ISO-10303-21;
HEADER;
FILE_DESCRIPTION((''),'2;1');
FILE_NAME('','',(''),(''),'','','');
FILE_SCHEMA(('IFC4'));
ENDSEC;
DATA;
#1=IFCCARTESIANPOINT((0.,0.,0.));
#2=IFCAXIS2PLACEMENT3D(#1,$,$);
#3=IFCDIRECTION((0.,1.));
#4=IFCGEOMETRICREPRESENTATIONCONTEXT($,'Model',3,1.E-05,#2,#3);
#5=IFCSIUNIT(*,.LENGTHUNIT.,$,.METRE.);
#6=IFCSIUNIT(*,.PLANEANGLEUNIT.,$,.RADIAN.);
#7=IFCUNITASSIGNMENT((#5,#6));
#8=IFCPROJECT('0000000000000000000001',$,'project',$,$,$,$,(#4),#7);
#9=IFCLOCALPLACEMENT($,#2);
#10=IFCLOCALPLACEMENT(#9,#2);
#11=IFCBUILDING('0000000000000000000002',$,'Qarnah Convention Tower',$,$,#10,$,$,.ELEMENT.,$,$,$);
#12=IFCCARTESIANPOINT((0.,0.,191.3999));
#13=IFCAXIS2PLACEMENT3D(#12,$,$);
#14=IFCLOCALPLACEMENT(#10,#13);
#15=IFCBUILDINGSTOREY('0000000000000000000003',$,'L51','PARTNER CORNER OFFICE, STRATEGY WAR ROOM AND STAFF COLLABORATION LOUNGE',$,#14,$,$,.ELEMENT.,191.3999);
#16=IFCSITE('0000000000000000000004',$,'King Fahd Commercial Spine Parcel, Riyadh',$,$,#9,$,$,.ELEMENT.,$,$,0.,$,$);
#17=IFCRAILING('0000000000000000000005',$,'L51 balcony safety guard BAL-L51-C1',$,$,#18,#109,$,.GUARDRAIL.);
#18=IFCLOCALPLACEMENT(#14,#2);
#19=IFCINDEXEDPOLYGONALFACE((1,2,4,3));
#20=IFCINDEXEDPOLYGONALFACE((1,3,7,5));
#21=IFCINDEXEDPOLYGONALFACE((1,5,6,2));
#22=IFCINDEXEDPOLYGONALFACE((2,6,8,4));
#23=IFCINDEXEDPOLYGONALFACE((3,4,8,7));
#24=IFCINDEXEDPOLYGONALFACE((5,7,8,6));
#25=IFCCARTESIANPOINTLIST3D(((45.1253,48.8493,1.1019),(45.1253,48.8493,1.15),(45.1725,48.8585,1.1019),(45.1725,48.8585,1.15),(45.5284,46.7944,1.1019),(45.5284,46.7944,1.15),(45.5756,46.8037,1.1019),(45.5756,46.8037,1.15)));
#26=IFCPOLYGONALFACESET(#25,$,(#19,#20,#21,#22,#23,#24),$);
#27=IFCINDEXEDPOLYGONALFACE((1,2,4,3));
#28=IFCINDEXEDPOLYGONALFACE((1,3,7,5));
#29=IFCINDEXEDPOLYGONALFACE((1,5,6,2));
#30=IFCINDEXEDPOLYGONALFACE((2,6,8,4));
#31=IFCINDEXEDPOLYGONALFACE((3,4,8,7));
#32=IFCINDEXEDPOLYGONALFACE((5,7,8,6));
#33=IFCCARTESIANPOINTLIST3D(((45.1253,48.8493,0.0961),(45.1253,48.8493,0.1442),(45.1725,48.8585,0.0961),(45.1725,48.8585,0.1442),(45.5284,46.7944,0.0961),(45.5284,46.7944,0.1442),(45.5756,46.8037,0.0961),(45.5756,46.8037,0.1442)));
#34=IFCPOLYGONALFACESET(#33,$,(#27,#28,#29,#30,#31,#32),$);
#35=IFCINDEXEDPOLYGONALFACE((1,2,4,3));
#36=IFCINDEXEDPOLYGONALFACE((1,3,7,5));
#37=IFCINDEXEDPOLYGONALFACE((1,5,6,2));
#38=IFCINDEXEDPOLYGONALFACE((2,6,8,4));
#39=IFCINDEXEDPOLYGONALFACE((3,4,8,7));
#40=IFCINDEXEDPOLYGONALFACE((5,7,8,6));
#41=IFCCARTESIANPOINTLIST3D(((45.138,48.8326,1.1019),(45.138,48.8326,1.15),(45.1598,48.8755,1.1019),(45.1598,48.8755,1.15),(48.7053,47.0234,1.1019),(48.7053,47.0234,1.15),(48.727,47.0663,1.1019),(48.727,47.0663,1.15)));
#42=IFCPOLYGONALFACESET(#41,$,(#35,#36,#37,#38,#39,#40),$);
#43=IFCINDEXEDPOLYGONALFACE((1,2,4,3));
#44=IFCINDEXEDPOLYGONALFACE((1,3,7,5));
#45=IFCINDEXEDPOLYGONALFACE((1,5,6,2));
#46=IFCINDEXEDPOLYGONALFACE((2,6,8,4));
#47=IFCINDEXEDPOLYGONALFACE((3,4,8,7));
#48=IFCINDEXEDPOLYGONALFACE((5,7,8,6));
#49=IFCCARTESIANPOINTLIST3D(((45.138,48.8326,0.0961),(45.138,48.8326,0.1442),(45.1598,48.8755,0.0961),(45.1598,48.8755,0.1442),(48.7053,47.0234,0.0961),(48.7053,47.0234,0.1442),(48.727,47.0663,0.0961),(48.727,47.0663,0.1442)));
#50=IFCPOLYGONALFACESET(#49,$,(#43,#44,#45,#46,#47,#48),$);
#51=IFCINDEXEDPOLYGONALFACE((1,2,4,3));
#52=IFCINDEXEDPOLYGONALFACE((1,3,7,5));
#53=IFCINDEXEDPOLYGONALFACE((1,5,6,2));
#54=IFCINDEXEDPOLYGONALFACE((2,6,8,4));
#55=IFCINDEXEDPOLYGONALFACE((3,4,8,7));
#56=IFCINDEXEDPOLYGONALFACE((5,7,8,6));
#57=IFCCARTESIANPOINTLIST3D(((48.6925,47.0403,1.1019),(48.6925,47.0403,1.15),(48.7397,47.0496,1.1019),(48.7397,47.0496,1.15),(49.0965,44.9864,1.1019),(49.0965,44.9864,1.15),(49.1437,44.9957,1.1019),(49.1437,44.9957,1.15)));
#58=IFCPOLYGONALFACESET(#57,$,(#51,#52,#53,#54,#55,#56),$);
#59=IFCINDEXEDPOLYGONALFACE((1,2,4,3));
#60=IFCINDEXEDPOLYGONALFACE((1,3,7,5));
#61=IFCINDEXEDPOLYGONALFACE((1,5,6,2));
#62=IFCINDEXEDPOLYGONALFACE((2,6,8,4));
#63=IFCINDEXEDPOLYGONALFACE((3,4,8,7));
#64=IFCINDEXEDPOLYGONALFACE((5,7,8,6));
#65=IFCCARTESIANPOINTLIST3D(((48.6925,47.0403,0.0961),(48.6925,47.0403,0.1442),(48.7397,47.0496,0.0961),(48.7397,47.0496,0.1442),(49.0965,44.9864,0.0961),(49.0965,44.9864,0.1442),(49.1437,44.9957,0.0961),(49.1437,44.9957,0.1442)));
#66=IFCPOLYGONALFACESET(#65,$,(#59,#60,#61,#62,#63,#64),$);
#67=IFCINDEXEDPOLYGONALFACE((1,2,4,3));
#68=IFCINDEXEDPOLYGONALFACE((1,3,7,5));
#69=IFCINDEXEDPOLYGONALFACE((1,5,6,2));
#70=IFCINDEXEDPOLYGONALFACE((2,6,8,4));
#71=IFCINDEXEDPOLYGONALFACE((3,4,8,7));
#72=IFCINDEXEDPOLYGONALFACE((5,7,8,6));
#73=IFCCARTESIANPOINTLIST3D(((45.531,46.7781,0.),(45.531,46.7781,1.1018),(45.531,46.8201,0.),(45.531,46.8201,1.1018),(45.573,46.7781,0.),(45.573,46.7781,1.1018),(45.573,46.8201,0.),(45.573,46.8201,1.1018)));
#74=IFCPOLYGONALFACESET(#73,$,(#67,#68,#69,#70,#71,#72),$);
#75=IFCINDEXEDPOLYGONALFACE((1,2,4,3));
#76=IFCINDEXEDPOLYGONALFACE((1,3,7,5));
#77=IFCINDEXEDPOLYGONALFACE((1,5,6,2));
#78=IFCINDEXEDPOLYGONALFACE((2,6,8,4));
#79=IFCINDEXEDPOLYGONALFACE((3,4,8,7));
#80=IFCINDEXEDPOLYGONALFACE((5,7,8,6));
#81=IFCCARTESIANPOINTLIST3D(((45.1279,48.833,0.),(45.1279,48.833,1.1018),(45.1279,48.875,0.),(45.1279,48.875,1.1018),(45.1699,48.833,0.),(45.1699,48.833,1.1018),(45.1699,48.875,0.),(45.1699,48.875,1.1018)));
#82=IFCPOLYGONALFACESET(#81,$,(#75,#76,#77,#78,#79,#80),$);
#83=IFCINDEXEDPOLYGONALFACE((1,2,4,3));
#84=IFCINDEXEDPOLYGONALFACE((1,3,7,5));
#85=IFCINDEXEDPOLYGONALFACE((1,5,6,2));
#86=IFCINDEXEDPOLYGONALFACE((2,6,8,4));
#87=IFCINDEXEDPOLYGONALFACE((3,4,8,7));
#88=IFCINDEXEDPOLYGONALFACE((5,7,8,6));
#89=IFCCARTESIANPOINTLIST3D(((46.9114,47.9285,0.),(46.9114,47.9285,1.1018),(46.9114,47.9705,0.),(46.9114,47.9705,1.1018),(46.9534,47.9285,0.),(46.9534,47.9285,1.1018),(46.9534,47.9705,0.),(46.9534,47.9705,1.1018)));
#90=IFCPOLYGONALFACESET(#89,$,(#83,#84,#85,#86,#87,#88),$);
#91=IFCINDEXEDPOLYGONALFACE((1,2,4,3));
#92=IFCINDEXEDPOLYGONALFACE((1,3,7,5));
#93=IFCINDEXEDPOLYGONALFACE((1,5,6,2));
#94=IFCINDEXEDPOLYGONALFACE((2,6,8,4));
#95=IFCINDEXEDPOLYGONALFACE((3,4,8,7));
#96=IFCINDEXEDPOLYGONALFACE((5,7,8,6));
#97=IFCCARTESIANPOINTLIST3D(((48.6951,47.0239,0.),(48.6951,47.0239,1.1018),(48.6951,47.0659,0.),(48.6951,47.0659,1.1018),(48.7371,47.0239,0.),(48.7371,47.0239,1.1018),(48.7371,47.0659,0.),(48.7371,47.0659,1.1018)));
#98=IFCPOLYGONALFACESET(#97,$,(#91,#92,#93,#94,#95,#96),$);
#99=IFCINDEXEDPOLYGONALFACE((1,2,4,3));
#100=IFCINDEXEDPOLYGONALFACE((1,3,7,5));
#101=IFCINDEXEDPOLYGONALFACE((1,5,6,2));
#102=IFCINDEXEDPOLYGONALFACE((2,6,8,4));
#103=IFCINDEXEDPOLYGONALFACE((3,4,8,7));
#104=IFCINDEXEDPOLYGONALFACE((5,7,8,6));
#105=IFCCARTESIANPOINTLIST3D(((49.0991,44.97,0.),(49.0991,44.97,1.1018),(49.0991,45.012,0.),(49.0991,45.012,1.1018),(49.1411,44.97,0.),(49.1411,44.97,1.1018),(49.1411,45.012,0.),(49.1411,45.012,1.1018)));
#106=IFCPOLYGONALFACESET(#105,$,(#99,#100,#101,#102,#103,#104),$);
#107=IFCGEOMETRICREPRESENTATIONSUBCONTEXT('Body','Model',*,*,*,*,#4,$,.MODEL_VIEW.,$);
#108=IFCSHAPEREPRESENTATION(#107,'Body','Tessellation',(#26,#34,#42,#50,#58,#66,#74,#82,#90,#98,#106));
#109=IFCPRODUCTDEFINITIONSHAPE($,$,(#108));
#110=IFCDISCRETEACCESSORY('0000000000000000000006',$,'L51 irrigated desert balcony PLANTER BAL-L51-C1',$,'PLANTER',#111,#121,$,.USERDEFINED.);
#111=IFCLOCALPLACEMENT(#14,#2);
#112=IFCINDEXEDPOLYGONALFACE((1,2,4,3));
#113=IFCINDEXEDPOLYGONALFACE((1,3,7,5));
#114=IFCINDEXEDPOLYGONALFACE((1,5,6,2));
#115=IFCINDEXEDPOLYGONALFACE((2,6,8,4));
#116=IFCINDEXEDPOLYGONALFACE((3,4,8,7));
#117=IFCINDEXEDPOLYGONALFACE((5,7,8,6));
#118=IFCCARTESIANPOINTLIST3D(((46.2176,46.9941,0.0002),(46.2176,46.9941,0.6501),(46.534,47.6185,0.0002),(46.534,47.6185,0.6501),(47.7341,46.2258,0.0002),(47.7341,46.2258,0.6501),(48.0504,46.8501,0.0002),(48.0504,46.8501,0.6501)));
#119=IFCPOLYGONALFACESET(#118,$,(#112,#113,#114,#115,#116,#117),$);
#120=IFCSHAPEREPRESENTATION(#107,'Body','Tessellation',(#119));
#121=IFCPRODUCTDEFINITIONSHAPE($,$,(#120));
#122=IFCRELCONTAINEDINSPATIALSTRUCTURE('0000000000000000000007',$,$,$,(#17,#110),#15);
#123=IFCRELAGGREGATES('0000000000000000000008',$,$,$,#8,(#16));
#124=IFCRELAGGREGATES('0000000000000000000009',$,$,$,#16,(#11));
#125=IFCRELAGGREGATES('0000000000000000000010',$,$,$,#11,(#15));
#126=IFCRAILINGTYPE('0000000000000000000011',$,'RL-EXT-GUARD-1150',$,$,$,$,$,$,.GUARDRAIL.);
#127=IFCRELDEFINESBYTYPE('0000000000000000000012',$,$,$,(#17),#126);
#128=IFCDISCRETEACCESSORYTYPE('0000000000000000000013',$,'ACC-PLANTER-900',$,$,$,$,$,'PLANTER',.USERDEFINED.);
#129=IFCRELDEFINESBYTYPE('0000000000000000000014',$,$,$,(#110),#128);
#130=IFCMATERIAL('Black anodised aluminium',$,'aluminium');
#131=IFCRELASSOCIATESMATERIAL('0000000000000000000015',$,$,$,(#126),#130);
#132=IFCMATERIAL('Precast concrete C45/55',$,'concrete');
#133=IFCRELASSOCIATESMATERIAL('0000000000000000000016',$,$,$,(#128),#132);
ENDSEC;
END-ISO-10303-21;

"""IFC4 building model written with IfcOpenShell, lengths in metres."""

from ifc_helpers import new_model, si_unit, direction, frame, origin, origin_2d, place, context, subcontext, project, spatial, rectangle, extrude, material, type_object, element, save


model = new_model("IFC4")

# Units and contexts
model_context = context("Model", 3, precision=1e-05, world=origin(), true_north=direction((0.0, 1.0)))
body_context = subcontext(model_context, "Body", "Model", "MODEL_VIEW")
ifc_project = project(units=[si_unit("LENGTHUNIT", "METRE"), si_unit("PLANEANGLEUNIT", "RADIAN")], contexts=[model_context])

# Site, building, storey
site_placement = place(None, origin())
site = spatial("IfcSite", under=ifc_project, at=site_placement, Name="King Fahd Commercial Spine Parcel, Riyadh", CompositionType="ELEMENT", RefElevation=0.0)
building_placement = place(site_placement, origin())
building = spatial("IfcBuilding", under=site, at=building_placement, Name="Qarnah Convention Tower", CompositionType="ELEMENT")
storey_placement = place(building_placement, frame((0.0, 0.0, 191.3999)))
storey = spatial("IfcBuildingStorey", under=building, at=storey_placement, Name="L51", Description="PARTNER CORNER OFFICE, STRATEGY WAR ROOM AND STAFF COLLABORATION LOUNGE", CompositionType="ELEMENT", Elevation=191.3999)

# Shared definitions
ifc_material_1 = material(Name="Black anodised aluminium", Category="aluminium")

# Shared definitions
ifc_material_2 = material(Name="Precast concrete C45/55", Category="concrete")

# Railing
railing_type = type_object("IfcRailingType", Name="RL-EXT-GUARD-1150", PredefinedType="GUARDRAIL", material=ifc_material_1)
railing_1_placement = place(storey_placement, frame((45.552, 46.7991, 0.0)))
element("IfcRailing", 1, at=railing_1_placement, inside=storey, type_object=railing_type, Name="L51 balcony safety guard BAL-L51-C1", PredefinedType="GUARDRAIL", context=body_context, shape_type="SweptSolid", body=[
    extrude(rectangle(XDim=0.0481, YDim=0.0481, at=origin_2d()), frame((0.0, 0.0, 1.126), z_axis=(-0.192483, 0.9813, 0.0), x_axis=(-0.9813, -0.192483, 0.0)), (0.0, 0.0, 1.0), 2.094),
    extrude(rectangle(XDim=0.0481, YDim=0.0481, at=origin_2d()), frame((0.0, 0.0, 0.1201), z_axis=(-0.192483, 0.9813, 0.0), x_axis=(-0.9813, -0.192483, 0.0)), (0.0, 0.0, 1.0), 2.094),
    extrude(rectangle(XDim=0.0481, YDim=0.0481, at=origin_2d()), frame((-0.4031, 2.0549, 1.126), z_axis=(0.891861, -0.452309, 0.0), x_axis=(0.452309, 0.891861, 0.0)), (0.0, 0.0, 1.0), 3.9998),
    extrude(rectangle(XDim=0.0481, YDim=0.0481, at=origin_2d()), frame((-0.4031, 2.0549, 0.1201), z_axis=(0.891861, -0.452309, 0.0), x_axis=(0.452309, 0.891861, 0.0)), (0.0, 0.0, 1.0), 3.9998),
    extrude(rectangle(XDim=0.0481, YDim=0.0481, at=origin_2d()), frame((3.1641, 0.2458, 1.126), z_axis=(0.19302, -0.981195, 0.0), x_axis=(0.981195, 0.19302, 0.0)), (0.0, 0.0, 1.0), 2.0933),
    extrude(rectangle(XDim=0.0481, YDim=0.0481, at=origin_2d()), frame((3.1641, 0.2458, 0.1201), z_axis=(0.19302, -0.981195, 0.0), x_axis=(0.981195, 0.19302, 0.0)), (0.0, 0.0, 1.0), 2.0933),
    extrude(rectangle(XDim=0.042, YDim=0.042, at=origin_2d()), origin(), (0.0, 0.0, 1.0), 1.1018),
    extrude(rectangle(XDim=0.042, YDim=0.042, at=origin_2d()), frame((-0.4031, 2.0549, 0.0)), (0.0, 0.0, 1.0), 1.1018),
    extrude(rectangle(XDim=0.042, YDim=0.042, at=origin_2d()), frame((1.3804, 1.1504, 0.0)), (0.0, 0.0, 1.0), 1.1018),
    extrude(rectangle(XDim=0.042, YDim=0.042, at=origin_2d()), frame((3.1641, 0.2458, 0.0)), (0.0, 0.0, 1.0), 1.1018),
    extrude(rectangle(XDim=0.042, YDim=0.042, at=origin_2d()), frame((3.5681, -1.8081, 0.0)), (0.0, 0.0, 1.0), 1.1018),
])

# Discrete accessory
discrete_accessory_type = type_object("IfcDiscreteAccessoryType", Name="ACC-PLANTER-900", ElementType="PLANTER", PredefinedType="USERDEFINED", material=ifc_material_2)
discrete_accessory_placement = place(storey_placement, frame((47.134, 46.9221, 0.0002), z_axis=(0.0, 0.0, 1.0), x_axis=(-0.892034, 0.451968, 0.0)))
element("IfcDiscreteAccessory", 2, at=discrete_accessory_placement, inside=storey, type_object=discrete_accessory_type, Name="L51 irrigated desert balcony PLANTER BAL-L51-C1", ObjectType="PLANTER", PredefinedType="USERDEFINED", context=body_context, shape_type="SweptSolid", body=[
    extrude(rectangle(XDim=1.7, YDim=0.7, at=origin_2d()), origin(), (0.0, 0.0, 1.0), 0.6499),
])

save(model, "model.ifc")
